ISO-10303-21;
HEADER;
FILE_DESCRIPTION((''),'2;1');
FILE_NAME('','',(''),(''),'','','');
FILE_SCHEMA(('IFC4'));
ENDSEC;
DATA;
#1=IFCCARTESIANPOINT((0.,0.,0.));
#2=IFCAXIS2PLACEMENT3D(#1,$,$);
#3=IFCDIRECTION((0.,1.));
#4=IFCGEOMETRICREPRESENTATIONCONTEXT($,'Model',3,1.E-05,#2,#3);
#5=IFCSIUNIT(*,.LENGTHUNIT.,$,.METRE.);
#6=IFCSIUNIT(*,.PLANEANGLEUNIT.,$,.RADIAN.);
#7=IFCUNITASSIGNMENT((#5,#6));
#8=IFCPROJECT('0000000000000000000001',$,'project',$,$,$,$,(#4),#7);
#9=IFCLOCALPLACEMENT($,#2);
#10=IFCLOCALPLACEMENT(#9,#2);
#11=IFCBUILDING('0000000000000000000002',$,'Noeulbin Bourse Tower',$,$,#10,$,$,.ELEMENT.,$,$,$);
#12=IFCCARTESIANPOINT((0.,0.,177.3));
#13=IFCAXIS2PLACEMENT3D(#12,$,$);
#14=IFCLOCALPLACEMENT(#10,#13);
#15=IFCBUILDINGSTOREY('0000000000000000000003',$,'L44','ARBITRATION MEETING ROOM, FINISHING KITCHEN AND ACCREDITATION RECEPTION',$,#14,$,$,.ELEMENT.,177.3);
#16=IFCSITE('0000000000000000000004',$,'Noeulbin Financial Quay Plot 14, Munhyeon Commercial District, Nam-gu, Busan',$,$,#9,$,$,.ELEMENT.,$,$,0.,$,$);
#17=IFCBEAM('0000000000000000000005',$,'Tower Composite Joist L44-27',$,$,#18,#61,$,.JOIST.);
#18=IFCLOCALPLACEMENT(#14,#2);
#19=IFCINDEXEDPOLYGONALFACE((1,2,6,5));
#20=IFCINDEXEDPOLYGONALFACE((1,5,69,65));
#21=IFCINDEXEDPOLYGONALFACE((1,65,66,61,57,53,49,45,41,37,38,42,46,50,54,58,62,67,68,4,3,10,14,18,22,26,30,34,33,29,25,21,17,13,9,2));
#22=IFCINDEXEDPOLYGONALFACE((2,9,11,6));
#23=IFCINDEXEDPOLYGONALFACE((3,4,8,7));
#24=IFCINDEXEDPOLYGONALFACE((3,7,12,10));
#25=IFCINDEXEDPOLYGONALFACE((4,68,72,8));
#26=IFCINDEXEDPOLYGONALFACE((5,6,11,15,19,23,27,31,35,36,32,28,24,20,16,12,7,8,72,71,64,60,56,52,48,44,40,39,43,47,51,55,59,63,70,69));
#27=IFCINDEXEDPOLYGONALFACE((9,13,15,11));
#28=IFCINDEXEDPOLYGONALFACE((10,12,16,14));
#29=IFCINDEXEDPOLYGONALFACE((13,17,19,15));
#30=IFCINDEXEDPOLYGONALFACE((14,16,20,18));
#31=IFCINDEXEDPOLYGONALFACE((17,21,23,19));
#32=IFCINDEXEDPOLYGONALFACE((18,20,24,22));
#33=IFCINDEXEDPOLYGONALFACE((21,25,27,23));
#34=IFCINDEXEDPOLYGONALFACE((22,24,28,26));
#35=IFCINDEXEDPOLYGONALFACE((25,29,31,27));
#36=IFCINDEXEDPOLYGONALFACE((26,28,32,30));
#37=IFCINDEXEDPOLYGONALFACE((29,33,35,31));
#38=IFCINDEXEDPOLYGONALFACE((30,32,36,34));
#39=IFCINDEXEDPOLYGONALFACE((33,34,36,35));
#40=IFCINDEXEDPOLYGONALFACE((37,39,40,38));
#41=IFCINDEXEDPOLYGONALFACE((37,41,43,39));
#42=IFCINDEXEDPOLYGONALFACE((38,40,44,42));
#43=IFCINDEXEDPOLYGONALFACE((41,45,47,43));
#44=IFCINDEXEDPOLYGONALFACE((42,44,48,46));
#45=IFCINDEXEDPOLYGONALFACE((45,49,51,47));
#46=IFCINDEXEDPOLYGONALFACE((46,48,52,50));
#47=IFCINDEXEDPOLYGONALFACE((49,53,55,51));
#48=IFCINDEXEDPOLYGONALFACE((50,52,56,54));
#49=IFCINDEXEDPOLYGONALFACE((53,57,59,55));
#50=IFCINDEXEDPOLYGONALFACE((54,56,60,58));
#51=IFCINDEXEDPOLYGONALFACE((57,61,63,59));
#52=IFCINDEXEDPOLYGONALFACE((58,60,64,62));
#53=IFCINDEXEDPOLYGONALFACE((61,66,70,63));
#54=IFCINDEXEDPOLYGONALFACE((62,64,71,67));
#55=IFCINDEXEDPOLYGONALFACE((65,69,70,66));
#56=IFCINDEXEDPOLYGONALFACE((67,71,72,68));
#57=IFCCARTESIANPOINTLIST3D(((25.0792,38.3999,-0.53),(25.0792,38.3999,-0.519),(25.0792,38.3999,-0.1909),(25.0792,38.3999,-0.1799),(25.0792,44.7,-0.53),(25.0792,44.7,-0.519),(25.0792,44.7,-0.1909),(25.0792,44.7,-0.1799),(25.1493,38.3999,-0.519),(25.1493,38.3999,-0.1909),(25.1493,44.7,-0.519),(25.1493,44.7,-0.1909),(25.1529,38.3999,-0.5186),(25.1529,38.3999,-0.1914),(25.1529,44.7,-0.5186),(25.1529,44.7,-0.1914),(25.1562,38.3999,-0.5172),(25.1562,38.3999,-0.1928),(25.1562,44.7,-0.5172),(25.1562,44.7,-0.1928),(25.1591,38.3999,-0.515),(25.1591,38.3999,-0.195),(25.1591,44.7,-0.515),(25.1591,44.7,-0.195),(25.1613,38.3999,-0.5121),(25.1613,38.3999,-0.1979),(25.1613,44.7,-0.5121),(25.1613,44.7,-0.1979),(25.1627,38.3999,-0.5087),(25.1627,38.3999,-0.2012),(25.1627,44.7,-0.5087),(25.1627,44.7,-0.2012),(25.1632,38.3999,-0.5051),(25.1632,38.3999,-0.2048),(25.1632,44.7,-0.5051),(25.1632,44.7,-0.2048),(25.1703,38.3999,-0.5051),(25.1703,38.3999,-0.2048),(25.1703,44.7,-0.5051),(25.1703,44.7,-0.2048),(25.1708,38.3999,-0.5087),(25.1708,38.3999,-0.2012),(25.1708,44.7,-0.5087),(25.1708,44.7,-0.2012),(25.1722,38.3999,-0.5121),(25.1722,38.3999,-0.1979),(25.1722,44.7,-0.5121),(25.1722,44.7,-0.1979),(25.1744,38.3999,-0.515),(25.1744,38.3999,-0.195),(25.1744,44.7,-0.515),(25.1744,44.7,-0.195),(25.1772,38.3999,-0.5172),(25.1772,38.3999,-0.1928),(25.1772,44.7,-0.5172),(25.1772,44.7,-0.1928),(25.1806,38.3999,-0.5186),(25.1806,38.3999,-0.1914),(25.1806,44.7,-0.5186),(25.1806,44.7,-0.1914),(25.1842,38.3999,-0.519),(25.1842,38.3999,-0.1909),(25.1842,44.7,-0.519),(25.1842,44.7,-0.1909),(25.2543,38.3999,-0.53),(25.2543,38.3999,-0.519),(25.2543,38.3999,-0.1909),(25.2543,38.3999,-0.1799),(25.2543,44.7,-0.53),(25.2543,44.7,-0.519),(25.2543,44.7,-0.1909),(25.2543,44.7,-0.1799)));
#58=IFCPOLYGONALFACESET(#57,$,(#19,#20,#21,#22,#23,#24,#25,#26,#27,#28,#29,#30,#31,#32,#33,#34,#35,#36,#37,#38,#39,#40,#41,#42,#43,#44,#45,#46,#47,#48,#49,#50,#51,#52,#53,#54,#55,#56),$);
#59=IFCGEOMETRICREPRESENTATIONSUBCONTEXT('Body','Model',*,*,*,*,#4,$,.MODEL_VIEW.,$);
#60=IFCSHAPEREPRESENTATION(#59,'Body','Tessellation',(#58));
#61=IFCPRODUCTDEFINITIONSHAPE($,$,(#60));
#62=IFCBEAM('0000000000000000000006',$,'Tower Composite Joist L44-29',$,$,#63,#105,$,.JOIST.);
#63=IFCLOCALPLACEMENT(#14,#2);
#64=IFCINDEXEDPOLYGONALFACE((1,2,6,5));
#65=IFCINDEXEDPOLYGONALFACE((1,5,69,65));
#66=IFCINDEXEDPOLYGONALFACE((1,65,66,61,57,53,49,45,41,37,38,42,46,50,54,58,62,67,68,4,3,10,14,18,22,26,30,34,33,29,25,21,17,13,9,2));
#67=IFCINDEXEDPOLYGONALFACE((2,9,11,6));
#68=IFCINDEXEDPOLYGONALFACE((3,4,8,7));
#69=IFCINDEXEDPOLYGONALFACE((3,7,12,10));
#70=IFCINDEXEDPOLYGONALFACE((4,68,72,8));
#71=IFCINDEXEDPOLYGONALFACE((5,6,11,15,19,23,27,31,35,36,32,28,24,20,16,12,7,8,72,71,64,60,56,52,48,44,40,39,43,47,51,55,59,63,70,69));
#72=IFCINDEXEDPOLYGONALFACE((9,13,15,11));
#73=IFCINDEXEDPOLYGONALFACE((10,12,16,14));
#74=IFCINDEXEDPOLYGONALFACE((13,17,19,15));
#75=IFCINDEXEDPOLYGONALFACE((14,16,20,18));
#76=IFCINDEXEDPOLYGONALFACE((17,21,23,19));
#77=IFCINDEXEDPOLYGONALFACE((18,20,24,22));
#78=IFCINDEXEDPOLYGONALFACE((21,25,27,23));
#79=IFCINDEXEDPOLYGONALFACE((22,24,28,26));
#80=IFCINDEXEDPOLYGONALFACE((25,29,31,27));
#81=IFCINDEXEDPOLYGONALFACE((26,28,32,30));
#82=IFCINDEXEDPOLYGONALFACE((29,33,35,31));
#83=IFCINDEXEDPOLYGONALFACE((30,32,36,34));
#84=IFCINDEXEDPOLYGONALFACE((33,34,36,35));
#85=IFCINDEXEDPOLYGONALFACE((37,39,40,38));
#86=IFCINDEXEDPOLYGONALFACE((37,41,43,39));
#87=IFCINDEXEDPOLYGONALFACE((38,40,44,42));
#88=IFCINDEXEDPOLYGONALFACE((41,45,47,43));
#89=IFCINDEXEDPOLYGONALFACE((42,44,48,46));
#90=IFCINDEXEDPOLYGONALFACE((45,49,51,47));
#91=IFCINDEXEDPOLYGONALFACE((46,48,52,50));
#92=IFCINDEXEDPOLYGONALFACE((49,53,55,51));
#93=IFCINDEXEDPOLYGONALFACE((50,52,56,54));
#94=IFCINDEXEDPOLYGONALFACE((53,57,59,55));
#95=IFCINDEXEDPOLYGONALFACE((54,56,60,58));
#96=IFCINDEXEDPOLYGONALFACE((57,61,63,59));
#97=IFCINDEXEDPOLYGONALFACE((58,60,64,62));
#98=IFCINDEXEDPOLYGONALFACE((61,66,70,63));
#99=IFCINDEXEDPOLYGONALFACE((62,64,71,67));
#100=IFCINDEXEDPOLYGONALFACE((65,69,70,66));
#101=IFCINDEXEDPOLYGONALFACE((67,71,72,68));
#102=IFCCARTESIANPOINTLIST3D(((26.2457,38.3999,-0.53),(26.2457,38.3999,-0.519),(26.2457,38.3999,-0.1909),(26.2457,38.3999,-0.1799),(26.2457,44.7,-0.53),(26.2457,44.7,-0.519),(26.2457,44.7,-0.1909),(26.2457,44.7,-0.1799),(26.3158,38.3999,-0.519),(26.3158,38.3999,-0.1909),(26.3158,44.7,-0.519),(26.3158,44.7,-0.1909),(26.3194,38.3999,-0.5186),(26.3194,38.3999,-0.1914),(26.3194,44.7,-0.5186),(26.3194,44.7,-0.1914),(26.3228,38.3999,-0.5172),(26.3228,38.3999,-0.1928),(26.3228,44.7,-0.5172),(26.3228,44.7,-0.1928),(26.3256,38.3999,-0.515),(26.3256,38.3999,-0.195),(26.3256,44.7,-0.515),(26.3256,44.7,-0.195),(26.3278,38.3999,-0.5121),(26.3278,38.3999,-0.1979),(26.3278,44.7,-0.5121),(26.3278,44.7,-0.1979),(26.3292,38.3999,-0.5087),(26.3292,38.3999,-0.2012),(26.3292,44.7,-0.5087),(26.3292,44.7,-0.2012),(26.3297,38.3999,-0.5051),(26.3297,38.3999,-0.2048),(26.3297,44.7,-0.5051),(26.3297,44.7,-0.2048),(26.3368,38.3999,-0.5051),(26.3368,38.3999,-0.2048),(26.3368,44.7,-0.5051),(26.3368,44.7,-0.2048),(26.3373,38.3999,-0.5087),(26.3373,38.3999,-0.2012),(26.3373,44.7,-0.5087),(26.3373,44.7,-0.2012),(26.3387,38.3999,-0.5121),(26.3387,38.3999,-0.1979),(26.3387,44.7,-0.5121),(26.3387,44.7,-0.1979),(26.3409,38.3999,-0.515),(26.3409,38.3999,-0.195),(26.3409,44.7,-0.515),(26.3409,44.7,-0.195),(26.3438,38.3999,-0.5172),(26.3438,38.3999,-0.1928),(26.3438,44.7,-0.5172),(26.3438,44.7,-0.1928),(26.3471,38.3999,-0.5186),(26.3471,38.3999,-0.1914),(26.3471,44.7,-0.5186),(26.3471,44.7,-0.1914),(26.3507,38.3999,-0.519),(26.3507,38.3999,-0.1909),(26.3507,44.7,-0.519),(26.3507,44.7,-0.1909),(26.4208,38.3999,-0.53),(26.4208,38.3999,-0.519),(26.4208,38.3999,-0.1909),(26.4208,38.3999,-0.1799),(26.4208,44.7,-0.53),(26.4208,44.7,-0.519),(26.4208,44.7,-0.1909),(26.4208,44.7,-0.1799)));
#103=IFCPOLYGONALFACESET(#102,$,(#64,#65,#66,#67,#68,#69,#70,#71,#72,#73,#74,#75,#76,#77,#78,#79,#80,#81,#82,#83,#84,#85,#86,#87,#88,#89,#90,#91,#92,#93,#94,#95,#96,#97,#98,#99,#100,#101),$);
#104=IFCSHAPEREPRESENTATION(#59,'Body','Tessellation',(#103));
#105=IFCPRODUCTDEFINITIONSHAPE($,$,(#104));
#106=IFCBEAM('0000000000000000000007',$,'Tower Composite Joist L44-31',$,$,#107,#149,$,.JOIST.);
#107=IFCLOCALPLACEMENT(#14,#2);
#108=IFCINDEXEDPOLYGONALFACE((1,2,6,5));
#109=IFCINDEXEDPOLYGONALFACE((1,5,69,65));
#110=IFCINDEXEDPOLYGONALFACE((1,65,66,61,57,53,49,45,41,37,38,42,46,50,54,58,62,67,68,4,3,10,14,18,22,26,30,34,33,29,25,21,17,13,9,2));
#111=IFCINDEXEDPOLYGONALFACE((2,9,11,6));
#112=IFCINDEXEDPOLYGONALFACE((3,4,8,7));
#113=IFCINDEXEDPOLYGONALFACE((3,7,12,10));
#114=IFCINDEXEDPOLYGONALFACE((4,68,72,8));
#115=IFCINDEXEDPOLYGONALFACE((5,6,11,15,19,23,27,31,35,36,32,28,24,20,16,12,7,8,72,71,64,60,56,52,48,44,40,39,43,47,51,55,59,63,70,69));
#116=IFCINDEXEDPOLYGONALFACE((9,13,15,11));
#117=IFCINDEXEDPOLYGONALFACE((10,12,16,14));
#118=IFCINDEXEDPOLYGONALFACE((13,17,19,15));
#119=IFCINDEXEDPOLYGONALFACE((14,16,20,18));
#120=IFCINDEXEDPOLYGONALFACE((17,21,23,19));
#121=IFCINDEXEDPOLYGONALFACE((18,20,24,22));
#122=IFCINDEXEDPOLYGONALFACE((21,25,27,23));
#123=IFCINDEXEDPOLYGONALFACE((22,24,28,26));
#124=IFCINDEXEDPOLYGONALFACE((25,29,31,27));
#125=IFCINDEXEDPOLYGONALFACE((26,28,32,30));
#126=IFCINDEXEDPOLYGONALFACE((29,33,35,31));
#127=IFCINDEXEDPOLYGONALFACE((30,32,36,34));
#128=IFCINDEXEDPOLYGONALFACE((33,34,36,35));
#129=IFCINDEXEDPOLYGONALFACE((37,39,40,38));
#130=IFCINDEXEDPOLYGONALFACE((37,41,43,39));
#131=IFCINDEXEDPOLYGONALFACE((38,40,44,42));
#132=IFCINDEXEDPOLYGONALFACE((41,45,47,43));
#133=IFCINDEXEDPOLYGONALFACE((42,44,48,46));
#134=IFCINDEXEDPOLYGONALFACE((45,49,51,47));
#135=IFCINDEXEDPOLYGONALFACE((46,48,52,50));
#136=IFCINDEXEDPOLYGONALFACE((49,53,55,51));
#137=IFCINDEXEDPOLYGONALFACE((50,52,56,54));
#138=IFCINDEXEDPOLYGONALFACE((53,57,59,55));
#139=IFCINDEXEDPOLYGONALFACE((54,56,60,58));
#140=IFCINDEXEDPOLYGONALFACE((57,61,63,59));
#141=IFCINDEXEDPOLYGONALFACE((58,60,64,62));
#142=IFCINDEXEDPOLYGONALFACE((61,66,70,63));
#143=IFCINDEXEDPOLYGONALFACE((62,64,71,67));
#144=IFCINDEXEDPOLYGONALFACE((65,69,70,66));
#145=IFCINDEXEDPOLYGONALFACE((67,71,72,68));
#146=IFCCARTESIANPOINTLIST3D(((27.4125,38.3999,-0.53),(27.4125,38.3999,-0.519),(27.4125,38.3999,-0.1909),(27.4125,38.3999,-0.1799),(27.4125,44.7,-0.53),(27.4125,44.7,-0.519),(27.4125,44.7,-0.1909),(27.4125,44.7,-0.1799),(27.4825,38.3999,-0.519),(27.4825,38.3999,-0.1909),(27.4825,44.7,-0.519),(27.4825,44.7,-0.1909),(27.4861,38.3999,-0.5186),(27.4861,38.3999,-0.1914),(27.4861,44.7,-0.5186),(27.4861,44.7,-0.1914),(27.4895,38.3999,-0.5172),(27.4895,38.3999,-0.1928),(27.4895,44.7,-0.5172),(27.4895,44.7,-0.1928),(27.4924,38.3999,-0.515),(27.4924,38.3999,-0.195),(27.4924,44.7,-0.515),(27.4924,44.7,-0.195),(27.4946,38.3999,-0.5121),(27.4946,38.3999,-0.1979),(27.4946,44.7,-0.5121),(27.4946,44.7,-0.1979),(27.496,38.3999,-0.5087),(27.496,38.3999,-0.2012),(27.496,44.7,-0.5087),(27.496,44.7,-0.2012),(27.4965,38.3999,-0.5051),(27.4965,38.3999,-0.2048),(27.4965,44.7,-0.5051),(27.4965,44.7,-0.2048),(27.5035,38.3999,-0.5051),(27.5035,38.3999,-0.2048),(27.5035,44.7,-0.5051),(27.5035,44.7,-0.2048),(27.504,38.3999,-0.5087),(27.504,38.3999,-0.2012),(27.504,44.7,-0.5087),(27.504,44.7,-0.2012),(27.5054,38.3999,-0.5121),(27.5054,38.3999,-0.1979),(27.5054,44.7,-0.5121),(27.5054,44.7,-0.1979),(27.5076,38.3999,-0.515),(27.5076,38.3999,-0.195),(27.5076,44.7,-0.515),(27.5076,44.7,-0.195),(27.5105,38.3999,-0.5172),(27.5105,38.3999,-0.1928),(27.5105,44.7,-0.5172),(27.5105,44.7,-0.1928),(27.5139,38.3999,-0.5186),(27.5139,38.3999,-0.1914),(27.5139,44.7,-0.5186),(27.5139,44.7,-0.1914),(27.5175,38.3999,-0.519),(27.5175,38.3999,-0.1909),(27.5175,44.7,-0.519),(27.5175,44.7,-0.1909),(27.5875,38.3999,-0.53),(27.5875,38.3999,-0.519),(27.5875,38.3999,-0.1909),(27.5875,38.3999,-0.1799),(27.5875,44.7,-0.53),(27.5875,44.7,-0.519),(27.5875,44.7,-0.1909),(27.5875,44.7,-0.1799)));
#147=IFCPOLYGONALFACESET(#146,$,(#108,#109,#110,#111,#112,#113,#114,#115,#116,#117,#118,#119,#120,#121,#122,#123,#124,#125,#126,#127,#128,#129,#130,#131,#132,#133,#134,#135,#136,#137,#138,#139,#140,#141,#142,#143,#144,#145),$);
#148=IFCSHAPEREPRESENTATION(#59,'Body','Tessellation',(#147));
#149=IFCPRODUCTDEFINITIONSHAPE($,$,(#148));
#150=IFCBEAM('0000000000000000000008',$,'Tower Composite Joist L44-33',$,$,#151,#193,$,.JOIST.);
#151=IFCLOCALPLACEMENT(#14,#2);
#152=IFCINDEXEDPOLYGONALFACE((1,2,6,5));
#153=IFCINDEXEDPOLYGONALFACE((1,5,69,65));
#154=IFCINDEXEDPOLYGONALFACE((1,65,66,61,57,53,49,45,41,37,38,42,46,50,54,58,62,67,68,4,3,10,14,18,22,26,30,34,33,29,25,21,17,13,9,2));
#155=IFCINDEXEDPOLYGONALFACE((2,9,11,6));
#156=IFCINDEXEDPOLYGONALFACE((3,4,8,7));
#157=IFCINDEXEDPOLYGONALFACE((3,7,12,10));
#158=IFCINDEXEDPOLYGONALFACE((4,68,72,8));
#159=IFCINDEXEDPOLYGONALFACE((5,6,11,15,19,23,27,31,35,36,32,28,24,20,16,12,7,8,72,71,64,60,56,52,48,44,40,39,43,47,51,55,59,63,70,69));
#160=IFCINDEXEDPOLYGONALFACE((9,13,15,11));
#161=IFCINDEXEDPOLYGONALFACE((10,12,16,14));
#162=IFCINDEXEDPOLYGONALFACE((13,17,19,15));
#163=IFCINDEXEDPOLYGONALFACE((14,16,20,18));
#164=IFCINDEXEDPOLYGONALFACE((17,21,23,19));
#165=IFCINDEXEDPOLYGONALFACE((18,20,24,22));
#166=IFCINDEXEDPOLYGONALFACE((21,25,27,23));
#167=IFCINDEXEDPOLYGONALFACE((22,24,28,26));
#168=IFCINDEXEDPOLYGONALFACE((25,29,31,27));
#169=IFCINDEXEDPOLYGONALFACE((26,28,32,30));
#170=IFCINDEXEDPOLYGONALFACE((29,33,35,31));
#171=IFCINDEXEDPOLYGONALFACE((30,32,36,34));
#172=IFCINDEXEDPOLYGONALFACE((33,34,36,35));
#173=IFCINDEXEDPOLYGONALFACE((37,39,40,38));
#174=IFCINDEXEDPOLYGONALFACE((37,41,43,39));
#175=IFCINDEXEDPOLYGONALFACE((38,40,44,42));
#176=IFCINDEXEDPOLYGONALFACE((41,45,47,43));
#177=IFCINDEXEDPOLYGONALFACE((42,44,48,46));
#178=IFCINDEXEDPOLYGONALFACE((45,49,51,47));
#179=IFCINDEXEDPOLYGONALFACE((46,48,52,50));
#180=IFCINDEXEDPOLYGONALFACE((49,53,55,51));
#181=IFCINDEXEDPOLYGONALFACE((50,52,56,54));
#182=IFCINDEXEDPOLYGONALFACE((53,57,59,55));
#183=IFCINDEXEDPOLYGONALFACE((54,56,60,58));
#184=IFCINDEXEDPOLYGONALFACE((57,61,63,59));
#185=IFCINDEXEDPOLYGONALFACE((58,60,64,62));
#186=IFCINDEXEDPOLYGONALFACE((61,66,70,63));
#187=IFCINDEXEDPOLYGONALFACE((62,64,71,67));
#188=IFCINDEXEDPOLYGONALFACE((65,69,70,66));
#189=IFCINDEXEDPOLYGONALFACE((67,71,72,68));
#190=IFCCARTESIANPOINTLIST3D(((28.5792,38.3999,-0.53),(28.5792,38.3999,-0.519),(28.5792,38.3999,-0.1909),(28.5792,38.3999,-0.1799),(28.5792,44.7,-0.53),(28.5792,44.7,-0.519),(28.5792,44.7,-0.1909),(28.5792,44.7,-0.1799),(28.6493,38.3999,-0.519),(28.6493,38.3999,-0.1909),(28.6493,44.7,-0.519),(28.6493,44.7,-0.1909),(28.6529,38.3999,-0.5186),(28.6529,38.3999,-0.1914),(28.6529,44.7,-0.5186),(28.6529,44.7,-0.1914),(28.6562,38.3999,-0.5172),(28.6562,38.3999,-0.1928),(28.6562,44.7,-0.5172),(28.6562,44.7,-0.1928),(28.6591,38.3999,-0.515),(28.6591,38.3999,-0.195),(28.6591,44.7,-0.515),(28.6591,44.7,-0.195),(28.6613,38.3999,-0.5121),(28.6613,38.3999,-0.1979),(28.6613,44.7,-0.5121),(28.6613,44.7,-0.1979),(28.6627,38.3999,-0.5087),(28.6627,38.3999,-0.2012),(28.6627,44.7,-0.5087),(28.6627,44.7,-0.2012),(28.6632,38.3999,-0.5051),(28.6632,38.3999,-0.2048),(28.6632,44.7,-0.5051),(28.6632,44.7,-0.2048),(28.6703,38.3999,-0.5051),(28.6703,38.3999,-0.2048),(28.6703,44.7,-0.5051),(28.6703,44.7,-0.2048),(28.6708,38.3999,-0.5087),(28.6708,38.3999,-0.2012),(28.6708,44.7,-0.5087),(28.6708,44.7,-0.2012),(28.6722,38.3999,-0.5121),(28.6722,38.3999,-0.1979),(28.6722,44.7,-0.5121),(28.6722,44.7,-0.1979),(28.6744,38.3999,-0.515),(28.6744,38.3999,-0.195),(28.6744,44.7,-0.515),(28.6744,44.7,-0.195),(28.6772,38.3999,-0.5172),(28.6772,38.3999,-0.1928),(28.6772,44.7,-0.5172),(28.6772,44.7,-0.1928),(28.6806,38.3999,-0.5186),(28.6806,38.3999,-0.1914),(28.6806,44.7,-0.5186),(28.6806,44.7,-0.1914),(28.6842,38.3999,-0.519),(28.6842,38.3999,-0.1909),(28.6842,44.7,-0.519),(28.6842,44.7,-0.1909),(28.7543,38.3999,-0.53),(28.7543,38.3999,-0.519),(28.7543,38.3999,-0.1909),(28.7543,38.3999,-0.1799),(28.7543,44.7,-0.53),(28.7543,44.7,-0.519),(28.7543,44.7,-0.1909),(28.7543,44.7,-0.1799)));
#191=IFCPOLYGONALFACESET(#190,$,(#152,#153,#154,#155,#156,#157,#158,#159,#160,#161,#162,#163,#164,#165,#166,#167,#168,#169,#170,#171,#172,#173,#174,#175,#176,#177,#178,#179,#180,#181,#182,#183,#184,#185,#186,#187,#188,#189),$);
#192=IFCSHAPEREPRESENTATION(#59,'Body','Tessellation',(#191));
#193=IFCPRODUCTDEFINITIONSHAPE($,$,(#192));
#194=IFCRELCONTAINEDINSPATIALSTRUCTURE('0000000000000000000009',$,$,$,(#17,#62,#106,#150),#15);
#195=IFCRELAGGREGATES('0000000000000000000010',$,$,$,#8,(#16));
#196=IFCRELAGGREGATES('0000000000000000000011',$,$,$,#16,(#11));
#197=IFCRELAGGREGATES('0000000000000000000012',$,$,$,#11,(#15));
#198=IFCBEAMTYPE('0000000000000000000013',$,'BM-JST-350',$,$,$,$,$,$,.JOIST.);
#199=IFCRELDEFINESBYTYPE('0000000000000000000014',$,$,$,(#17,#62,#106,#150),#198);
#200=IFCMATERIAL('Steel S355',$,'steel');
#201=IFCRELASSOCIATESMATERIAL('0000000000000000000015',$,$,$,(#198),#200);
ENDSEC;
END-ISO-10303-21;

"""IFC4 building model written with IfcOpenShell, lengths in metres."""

from ifc_helpers import new_model, si_unit, direction, frame, origin, origin_2d, place, context, subcontext, project, spatial, i_section, extrude, material, material_profile, profile_set, type_object, element, save


model = new_model("IFC4")

# Units and contexts
model_context = context("Model", 3, precision=1e-05, world=origin(), true_north=direction((0.0, 1.0)))
body_context = subcontext(model_context, "Body", "Model", "MODEL_VIEW")
ifc_project = project(units=[si_unit("LENGTHUNIT", "METRE"), si_unit("PLANEANGLEUNIT", "RADIAN")], contexts=[model_context])

# Site, building, storey
site_placement = place(None, origin())
site = spatial("IfcSite", under=ifc_project, at=site_placement, Name="Noeulbin Financial Quay Plot 14, Munhyeon Commercial District, Nam-gu, Busan", CompositionType="ELEMENT", RefElevation=0.0)
building_placement = place(site_placement, origin())
building = spatial("IfcBuilding", under=site, at=building_placement, Name="Noeulbin Bourse Tower", CompositionType="ELEMENT")
storey_placement = place(building_placement, frame((0.0, 0.0, 177.3)))
storey = spatial("IfcBuildingStorey", under=building, at=storey_placement, Name="L44", Description="ARBITRATION MEETING ROOM, FINISHING KITCHEN AND ACCREDITATION RECEPTION", CompositionType="ELEMENT", Elevation=177.3)

# Shared definitions
ifc_material_1 = material(Name="Steel S355", Category="steel")

# Beams
ifc_material_profile_1 = material_profile(ifc_material_1, i_section(OverallWidth=0.175, OverallDepth=0.3501, WebThickness=0.0071, FlangeThickness=0.011, FilletRadius=0.0139, at=origin_2d()), Name="H-350x175x7x11", Category="LoadBearing")
ifc_profile_set_1 = profile_set([ifc_material_profile_1], Name="Steel S355")
beam_type_1 = type_object("IfcBeamType", Name="BM-JST-350", PredefinedType="JOIST", material=ifc_profile_set_1)
for number, where, z_axis, x_axis, name in (
    (1, (25.1667, 38.3999, -0.355), (0.0, 1.0, 0.0), (-1.0, 0.0, 0.0), "Tower Composite Joist L44-27"),
    (2, (26.3333, 38.3999, -0.355), (0.0, 1.0, 0.0), (-1.0, 0.0, 0.0), "Tower Composite Joist L44-29"),
    (3, (27.5, 38.3999, -0.355), (0.0, 1.0, 0.0), (-1.0, 0.0, 0.0), "Tower Composite Joist L44-31"),
    (4, (28.6667, 38.3999, -0.355), (0.0, 1.0, 0.0), (-1.0, 0.0, 0.0), "Tower Composite Joist L44-33"),
):
    element("IfcBeam", number, at=place(storey_placement, frame(where, z_axis=z_axis, x_axis=x_axis)), inside=storey, type_object=beam_type_1, Name=name, PredefinedType="JOIST", context=body_context, shape_type="SweptSolid", body=[
        extrude(i_section(OverallWidth=0.175, OverallDepth=0.3501, WebThickness=0.0071, FlangeThickness=0.011, FilletRadius=0.0139, at=origin_2d()), origin(), (0.0, 0.0, 1.0), 6.3),
    ])

save(model, "model.ifc")
